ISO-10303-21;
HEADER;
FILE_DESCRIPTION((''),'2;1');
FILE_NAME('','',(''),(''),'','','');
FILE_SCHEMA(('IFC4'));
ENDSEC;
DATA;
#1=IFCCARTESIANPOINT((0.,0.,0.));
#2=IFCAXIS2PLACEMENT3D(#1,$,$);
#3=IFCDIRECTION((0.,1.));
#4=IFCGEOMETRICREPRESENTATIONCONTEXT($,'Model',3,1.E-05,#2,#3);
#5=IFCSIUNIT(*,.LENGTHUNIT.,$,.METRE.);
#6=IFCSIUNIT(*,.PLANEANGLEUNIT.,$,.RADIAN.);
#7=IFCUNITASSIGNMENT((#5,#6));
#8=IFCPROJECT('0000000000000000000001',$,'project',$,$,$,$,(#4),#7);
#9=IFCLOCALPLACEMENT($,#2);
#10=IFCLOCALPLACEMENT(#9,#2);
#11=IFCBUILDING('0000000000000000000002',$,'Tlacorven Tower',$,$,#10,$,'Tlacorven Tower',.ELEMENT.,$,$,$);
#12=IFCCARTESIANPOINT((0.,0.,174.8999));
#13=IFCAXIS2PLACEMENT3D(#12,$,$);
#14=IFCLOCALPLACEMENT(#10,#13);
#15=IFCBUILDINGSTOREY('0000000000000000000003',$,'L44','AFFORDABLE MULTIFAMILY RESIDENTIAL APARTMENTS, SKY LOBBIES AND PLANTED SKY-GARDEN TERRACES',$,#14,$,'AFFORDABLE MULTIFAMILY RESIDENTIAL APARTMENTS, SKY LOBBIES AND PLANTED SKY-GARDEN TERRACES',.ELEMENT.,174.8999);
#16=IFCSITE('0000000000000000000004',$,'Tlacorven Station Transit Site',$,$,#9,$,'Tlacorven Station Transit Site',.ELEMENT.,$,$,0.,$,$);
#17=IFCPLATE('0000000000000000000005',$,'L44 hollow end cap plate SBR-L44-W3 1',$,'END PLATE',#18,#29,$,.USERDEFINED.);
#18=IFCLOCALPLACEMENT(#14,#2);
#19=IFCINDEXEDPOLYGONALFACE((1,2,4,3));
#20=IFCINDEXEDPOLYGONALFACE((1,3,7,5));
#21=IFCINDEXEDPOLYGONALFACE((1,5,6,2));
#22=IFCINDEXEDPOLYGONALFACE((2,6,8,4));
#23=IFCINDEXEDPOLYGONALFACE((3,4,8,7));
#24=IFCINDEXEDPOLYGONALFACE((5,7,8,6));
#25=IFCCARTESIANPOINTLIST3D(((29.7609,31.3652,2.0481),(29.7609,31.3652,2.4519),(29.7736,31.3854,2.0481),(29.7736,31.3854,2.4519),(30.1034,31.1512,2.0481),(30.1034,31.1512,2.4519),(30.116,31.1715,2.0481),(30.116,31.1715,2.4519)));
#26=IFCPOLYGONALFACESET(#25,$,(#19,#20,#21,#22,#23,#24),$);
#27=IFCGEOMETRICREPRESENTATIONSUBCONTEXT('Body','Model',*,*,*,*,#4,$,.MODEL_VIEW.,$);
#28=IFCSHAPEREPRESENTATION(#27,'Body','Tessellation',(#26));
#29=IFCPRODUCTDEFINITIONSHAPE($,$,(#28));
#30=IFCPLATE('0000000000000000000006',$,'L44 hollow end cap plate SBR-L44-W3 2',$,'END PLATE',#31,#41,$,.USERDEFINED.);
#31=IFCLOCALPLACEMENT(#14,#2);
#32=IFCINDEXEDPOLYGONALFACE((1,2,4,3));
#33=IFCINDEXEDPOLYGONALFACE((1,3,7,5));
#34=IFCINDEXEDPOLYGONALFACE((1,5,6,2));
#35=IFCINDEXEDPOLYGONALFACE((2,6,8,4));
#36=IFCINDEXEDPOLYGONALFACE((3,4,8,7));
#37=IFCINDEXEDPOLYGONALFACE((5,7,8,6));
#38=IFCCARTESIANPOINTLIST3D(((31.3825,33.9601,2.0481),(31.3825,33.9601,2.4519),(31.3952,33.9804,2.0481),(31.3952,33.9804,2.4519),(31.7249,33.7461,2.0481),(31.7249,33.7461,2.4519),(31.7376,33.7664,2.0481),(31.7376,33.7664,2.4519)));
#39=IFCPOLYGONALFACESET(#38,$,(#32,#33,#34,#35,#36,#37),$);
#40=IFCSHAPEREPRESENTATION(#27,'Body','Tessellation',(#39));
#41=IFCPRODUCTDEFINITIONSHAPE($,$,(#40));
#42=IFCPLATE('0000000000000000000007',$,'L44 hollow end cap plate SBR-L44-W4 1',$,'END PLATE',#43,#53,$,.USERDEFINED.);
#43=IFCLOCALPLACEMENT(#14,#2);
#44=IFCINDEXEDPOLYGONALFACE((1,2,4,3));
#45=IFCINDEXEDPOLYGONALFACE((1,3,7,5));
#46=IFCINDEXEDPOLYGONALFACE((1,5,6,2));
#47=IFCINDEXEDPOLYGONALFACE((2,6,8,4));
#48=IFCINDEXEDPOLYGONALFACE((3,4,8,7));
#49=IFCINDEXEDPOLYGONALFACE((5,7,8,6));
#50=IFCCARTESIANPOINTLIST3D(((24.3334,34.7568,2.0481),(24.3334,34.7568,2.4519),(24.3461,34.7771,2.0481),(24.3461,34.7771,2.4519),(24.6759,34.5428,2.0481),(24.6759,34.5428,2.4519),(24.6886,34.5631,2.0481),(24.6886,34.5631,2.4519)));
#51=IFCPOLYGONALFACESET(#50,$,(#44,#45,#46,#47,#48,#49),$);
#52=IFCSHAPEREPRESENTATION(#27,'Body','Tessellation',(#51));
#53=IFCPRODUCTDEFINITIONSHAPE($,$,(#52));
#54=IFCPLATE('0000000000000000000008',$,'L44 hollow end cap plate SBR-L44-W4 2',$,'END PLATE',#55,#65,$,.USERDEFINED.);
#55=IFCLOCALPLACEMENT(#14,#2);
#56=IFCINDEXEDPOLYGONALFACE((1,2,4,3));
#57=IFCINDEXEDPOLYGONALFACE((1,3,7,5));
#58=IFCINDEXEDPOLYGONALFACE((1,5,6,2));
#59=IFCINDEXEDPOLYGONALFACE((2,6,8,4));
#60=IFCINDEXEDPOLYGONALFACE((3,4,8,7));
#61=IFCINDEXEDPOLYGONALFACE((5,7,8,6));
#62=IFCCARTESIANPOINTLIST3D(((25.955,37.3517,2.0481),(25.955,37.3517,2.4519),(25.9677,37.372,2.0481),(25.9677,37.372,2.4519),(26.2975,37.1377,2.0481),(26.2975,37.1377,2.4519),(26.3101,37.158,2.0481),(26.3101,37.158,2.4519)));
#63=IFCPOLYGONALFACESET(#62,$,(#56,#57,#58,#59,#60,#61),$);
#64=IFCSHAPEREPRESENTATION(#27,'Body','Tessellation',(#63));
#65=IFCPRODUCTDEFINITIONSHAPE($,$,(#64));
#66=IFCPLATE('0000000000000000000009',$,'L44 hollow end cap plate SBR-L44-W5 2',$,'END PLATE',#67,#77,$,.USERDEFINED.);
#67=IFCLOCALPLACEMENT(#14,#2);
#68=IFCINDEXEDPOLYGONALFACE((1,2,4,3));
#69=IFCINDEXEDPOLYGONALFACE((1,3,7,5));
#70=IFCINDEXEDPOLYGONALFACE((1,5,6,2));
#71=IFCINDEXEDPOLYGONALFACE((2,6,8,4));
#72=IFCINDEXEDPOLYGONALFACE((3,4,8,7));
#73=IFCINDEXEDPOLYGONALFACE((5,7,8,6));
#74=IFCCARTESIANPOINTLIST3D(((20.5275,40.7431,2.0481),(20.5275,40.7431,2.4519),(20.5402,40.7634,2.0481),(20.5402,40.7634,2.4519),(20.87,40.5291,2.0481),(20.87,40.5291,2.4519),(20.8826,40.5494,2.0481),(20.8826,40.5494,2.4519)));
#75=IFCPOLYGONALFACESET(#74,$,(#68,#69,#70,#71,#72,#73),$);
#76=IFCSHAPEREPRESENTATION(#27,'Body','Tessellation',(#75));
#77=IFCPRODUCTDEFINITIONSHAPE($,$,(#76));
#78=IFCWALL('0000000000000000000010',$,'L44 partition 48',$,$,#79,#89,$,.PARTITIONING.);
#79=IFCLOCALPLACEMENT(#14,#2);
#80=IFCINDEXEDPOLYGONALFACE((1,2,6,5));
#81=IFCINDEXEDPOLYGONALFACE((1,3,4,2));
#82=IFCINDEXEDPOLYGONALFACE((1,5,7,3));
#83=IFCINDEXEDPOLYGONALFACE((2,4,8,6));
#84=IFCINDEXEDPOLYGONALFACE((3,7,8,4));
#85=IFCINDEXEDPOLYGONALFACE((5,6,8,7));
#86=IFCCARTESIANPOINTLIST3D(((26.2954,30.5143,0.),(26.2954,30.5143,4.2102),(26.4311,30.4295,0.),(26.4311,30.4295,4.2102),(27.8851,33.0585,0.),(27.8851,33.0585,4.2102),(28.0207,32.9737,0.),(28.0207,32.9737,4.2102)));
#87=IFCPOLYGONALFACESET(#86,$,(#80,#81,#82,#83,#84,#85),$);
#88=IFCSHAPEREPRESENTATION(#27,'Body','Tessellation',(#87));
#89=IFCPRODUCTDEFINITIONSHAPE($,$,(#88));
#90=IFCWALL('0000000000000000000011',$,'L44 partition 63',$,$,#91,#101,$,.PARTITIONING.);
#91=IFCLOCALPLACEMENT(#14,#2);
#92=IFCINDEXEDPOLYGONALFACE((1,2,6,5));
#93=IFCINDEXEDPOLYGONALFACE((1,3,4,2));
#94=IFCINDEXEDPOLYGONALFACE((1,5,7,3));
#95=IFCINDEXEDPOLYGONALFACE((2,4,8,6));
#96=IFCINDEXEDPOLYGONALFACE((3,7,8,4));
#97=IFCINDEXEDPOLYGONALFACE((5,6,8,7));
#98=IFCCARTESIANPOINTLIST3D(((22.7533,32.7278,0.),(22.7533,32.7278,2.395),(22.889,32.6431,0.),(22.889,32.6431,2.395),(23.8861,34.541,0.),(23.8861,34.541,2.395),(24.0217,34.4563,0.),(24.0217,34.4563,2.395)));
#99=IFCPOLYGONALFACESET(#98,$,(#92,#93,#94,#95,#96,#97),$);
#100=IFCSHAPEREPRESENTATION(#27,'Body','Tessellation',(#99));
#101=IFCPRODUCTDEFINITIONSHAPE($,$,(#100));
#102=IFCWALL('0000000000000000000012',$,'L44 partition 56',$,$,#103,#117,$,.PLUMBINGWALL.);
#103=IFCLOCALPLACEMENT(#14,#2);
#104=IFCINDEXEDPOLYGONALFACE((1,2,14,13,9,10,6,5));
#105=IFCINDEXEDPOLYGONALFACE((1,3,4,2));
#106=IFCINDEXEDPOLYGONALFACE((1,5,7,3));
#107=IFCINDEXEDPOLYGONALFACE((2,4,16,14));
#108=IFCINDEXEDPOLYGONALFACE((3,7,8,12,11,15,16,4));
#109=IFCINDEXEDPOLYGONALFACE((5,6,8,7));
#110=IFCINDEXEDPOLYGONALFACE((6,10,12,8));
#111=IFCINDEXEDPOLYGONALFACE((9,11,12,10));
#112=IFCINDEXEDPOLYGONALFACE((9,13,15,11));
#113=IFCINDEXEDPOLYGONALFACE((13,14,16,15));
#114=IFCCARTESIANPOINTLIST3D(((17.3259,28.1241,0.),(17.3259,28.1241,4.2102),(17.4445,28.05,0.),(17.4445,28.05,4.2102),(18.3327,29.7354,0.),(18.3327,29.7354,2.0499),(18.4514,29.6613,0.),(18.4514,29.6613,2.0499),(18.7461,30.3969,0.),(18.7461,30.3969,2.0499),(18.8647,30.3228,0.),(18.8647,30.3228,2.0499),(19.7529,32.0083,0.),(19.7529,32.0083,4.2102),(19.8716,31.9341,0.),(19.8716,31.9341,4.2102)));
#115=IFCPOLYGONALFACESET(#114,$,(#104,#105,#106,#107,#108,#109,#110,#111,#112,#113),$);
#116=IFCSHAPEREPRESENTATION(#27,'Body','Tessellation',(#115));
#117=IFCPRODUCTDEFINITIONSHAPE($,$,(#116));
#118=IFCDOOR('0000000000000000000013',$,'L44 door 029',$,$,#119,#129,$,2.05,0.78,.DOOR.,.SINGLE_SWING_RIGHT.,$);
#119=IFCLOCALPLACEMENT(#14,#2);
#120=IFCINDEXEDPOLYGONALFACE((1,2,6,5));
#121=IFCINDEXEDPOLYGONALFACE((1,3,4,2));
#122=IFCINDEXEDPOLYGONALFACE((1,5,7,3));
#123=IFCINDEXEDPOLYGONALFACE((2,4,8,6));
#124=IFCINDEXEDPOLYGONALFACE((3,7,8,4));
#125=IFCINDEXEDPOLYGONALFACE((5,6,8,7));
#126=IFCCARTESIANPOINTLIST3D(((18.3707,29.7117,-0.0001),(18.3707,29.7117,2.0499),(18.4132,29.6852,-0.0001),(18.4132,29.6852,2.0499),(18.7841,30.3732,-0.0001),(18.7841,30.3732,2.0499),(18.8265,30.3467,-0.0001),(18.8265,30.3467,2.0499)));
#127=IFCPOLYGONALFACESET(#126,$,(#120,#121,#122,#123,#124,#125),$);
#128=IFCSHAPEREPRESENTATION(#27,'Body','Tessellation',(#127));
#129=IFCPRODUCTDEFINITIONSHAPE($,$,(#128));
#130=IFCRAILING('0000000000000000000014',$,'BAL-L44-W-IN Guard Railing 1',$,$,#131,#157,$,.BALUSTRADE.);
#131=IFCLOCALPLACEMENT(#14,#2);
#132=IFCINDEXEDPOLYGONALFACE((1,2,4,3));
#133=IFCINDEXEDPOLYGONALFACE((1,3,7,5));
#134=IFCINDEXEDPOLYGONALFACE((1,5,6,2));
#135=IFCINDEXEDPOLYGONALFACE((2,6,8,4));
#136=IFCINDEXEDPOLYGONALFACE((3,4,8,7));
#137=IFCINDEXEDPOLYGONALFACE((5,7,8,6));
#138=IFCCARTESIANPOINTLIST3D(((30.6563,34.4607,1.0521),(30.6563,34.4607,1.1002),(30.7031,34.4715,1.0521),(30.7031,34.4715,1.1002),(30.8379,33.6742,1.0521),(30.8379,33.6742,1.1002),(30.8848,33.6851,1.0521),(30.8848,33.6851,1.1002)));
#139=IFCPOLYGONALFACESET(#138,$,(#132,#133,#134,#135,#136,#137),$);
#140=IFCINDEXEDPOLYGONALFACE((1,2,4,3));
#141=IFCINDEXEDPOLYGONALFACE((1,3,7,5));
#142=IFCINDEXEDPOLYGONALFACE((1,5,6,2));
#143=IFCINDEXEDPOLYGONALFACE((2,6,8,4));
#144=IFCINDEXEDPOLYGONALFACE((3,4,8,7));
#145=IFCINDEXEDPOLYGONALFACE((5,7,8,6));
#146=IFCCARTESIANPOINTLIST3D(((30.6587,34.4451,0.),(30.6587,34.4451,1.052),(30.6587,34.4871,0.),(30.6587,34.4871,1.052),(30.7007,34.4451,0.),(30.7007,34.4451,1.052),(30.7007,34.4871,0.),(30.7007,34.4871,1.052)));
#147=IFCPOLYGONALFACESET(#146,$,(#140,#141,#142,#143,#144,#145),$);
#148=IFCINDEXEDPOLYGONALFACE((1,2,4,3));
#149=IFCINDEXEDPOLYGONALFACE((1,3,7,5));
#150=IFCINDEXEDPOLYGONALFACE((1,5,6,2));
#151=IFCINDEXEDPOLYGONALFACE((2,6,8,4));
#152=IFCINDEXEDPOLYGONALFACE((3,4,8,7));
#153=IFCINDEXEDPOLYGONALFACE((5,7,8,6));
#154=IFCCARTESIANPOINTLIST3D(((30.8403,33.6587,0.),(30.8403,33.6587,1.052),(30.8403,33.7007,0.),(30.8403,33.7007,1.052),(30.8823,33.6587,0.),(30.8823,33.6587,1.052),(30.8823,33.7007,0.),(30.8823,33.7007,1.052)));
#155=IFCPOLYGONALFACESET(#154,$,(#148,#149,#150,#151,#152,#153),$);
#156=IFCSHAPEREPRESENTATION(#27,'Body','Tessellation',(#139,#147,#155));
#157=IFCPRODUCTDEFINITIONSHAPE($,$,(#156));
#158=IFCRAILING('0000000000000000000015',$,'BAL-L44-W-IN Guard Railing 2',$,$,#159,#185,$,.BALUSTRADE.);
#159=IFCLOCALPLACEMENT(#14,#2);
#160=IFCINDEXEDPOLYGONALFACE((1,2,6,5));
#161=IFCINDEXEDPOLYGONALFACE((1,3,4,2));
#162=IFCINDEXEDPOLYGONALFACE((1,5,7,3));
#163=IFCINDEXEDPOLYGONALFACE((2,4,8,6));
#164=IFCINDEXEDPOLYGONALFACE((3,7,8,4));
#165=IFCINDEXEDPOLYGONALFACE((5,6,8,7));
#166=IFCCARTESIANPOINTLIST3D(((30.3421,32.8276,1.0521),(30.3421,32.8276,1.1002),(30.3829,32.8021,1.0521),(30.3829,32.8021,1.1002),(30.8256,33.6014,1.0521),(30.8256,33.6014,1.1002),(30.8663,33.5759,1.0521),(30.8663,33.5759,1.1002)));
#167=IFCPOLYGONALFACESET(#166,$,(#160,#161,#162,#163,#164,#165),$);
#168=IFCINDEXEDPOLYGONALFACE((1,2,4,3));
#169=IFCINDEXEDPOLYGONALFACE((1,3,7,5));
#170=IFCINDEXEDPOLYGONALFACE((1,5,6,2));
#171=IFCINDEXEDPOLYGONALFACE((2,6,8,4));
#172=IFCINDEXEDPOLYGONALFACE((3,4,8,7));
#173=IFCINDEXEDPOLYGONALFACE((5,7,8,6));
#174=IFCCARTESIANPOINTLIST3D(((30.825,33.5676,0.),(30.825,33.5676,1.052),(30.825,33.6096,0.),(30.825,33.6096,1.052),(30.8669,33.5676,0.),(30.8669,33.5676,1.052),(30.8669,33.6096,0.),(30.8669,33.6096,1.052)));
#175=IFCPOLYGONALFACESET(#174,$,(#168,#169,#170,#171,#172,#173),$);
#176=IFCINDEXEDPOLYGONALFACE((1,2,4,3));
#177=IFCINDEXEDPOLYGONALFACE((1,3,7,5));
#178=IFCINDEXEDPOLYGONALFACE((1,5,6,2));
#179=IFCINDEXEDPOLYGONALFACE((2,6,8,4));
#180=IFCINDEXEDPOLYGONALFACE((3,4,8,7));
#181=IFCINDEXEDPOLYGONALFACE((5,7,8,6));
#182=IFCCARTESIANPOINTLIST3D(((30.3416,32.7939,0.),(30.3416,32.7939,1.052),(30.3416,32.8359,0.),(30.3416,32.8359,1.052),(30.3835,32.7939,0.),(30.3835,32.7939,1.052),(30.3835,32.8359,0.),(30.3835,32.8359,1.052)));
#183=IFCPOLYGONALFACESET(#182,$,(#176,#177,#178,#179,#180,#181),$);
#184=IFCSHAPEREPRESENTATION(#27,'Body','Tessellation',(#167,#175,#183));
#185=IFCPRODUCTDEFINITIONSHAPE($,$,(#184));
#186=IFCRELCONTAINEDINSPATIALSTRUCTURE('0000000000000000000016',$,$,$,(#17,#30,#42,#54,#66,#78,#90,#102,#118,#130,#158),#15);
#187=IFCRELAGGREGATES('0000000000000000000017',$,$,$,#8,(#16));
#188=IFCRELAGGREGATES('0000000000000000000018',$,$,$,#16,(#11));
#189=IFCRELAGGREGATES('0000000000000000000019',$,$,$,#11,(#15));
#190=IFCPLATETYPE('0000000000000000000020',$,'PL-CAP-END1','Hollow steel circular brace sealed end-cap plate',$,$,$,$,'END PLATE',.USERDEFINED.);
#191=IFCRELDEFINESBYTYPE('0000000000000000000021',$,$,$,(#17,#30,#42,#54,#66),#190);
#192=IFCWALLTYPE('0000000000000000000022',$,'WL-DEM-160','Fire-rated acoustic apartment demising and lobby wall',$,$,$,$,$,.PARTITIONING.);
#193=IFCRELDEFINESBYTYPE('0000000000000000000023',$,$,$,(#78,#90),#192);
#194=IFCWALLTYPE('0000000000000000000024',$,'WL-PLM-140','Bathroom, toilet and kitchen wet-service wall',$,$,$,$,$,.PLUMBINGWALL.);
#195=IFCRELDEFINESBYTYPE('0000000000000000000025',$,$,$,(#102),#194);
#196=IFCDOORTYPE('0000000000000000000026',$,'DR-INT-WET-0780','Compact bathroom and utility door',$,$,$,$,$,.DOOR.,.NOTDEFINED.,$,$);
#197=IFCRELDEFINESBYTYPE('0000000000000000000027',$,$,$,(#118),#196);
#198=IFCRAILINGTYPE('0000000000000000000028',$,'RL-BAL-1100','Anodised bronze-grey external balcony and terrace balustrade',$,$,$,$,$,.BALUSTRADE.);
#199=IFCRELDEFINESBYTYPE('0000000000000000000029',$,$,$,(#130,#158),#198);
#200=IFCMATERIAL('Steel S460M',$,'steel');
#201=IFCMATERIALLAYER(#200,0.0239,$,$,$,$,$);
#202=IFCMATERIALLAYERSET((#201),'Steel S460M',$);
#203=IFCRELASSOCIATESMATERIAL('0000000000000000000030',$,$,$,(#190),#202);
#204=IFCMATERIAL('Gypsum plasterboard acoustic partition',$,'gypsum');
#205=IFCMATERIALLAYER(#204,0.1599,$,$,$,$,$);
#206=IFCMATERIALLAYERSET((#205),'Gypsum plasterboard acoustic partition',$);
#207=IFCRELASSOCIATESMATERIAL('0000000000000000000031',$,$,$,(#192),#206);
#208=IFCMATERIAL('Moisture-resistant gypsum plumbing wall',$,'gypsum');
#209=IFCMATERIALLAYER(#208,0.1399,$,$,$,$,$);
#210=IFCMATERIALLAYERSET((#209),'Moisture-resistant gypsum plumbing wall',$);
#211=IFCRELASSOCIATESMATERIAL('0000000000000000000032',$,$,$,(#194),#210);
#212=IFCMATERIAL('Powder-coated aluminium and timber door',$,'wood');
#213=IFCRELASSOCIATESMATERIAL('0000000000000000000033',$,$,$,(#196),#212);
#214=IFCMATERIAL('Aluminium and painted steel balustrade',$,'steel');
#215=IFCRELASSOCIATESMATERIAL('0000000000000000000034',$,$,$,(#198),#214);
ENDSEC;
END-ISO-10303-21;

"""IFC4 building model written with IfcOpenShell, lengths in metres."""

from ifc_helpers import new_model, si_unit, direction, frame, frame_2d, origin, origin_2d, place, context, subcontext, project, spatial, rectangle, extrude, source, transform, mapped, material, layer, layer_set, type_object, element, fill, save


model = new_model("IFC4")

# Units and contexts
model_context = context("Model", 3, precision=1e-05, world=origin(), true_north=direction((0.0, 1.0)))
body_context = subcontext(model_context, "Body", "Model", "MODEL_VIEW")
ifc_project = project(units=[si_unit("LENGTHUNIT", "METRE"), si_unit("PLANEANGLEUNIT", "RADIAN")], contexts=[model_context])

# Site, building, storey
site_placement = place(None, origin())
site = spatial("IfcSite", under=ifc_project, at=site_placement, Name="Tlacorven Station Transit Site", LongName="Tlacorven Station Transit Site", CompositionType="ELEMENT", RefElevation=0.0)
building_placement = place(site_placement, origin())
building = spatial("IfcBuilding", under=site, at=building_placement, Name="Tlacorven Tower", LongName="Tlacorven Tower", CompositionType="ELEMENT")
storey_placement = place(building_placement, frame((0.0, 0.0, 174.8999)))
storey = spatial("IfcBuildingStorey", under=building, at=storey_placement, Name="L44", Description="AFFORDABLE MULTIFAMILY RESIDENTIAL APARTMENTS, SKY LOBBIES AND PLANTED SKY-GARDEN TERRACES", LongName="AFFORDABLE MULTIFAMILY RESIDENTIAL APARTMENTS, SKY LOBBIES AND PLANTED SKY-GARDEN TERRACES", CompositionType="ELEMENT", Elevation=174.8999)

# Shared definitions
ifc_material_1 = material(Name="Steel S460M", Category="steel")

# Plates
ifc_layer_1 = layer(ifc_material_1, 0.0239)
ifc_layer_set_1 = layer_set([ifc_layer_1], Name="Steel S460M")
plate_type_1 = type_object("IfcPlateType", Name="PL-CAP-END1", Description="Hollow steel circular brace sealed end-cap plate", ElementType="END PLATE", PredefinedType="USERDEFINED", material=ifc_layer_set_1)
shared_shape_1 = source(origin(), body_context, "Body", "SweptSolid", [
    extrude(rectangle(XDim=0.0239, YDim=0.4038, at=origin_2d()), origin(), (0.0, 0.0, 1.0), 0.4038),
])
for number, where, z_axis, x_axis, name in (
    (1, (29.9385, 31.2683, 2.0481), (0.0, 0.0, 1.0), (0.529919, 0.848048, 0.0), "L44 hollow end cap plate SBR-L44-W3 1"),
    (2, (31.5601, 33.8633, 2.0481), (0.0, 0.0, 1.0), (0.529919, 0.848048, 0.0), "L44 hollow end cap plate SBR-L44-W3 2"),
    (3, (24.511, 34.6599, 2.0481), (0.0, 0.0, 1.0), (0.529919, 0.848048, 0.0), "L44 hollow end cap plate SBR-L44-W4 1"),
    (4, (26.1326, 37.2549, 2.0481), (0.0, 0.0, 1.0), (0.529919, 0.848048, 0.0), "L44 hollow end cap plate SBR-L44-W4 2"),
    (5, (20.7051, 40.6462, 2.0481), (0.0, 0.0, 1.0), (0.529921, 0.848047, 0.0), "L44 hollow end cap plate SBR-L44-W5 2"),
):
    element("IfcPlate", number, at=place(storey_placement, frame(where, z_axis=z_axis, x_axis=x_axis)), inside=storey, type_object=plate_type_1, Name=name, ObjectType="END PLATE", PredefinedType="USERDEFINED", context=body_context, shape_type="MappedRepresentation", body=[
        mapped(shared_shape_1, transform((0.0, 0.0, 0.0), scale=1.0)),
    ])

# Walls
ifc_material_2 = material(Name="Gypsum plasterboard acoustic partition", Category="gypsum")
ifc_layer_2 = layer(ifc_material_2, 0.1599)
ifc_layer_set_2 = layer_set([ifc_layer_2], Name="Gypsum plasterboard acoustic partition")
wall_type_1 = type_object("IfcWallType", Name="WL-DEM-160", Description="Fire-rated acoustic apartment demising and lobby wall", PredefinedType="PARTITIONING", material=ifc_layer_set_2)
wall_1_placement = place(storey_placement, frame((27.9529, 33.0161, 0.0), z_axis=(0.0, 0.0, 1.0), x_axis=(-0.529875, -0.848076, 0.0)))
element("IfcWall", 6, at=wall_1_placement, inside=storey, type_object=wall_type_1, Name="L44 partition 48", PredefinedType="PARTITIONING", context=body_context, shape_type="SweptSolid", body=[
    extrude(rectangle(XDim=3.0, YDim=0.1599, at=frame_2d((1.5, 0.0))), origin(), (0.0, 0.0, 1.0), 4.2102),
])
wall_2_placement = place(storey_placement, frame((23.9539, 34.4985, 0.0), z_axis=(0.0, 0.0, 1.0), x_axis=(-0.529845, -0.848095, 0.0)))
element("IfcWall", 7, at=wall_2_placement, inside=storey, type_object=wall_type_1, Name="L44 partition 63", PredefinedType="PARTITIONING", context=body_context, shape_type="SweptSolid", body=[
    extrude(rectangle(XDim=2.1379, YDim=0.1599, at=frame_2d((1.0688, 0.0))), origin(), (0.0, 0.0, 1.0), 2.395),
])

# Wall, opening, door
ifc_material_3 = material(Name="Moisture-resistant gypsum plumbing wall", Category="gypsum")
ifc_layer_3 = layer(ifc_material_3, 0.1399)
ifc_layer_set_3 = layer_set([ifc_layer_3], Name="Moisture-resistant gypsum plumbing wall")
wall_type_2 = type_object("IfcWallType", Name="WL-PLM-140", Description="Bathroom, toilet and kitchen wet-service wall", PredefinedType="PLUMBINGWALL", material=ifc_layer_set_3)
wall_3_placement = place(storey_placement, frame((19.8123, 31.9712, 0.0), z_axis=(0.0, 0.0, 1.0), x_axis=(-0.529917, -0.848049, 0.0)))
wall_3 = element("IfcWall", 8, at=wall_3_placement, inside=storey, type_object=wall_type_2, Name="L44 partition 56", PredefinedType="PLUMBINGWALL", context=body_context, shape_type="SweptSolid", body=[
    extrude(rectangle(XDim=4.5801, YDim=0.1399, at=frame_2d((2.29, 0.0))), origin(), (0.0, 0.0, 1.0), 4.2102),
])
opening_placement = place(wall_3_placement, frame((1.8999, 0.0, 0.0)))
opening = element("IfcOpeningElement", 9, at=opening_placement, cuts=wall_3, PredefinedType="OPENING", context=body_context, shape_type="SweptSolid", body=[
    extrude(rectangle(XDim=0.78, YDim=2.05, at=frame_2d((0.3901, 1.0249))), frame((0.0, 0.0801, 0.0), z_axis=(0.0, -1.0, 0.0), x_axis=(1.0, 0.0, 0.0)), (0.0, 0.0, 1.0), 0.1599),
])
ifc_material_4 = material(Name="Powder-coated aluminium and timber door", Category="wood")
door_type = type_object("IfcDoorType", Name="DR-INT-WET-0780", Description="Compact bathroom and utility door", OperationType="NOTDEFINED", PredefinedType="DOOR", material=ifc_material_4)
shared_shape_2 = source(origin(), body_context, "Body", "SweptSolid", [
    extrude(rectangle(XDim=0.78, YDim=2.05, at=frame_2d((0.3901, 1.0249))), frame((0.0, 0.0249, 0.0), z_axis=(0.0, -1.0, 0.0), x_axis=(1.0, 0.0, 0.0)), (0.0, 0.0, 1.0), 0.05),
])
door_placement = place(opening_placement, origin())
door = element("IfcDoor", 10, at=door_placement, inside=storey, type_object=door_type, Name="L44 door 029", OperationType="SINGLE_SWING_RIGHT", OverallHeight=2.05, OverallWidth=0.78, PredefinedType="DOOR", context=body_context, shape_type="MappedRepresentation", body=[
    mapped(shared_shape_2, transform((0.0, 0.0, 0.0), scale=1.0)),
])
fill(opening, door)

# Railings
ifc_material_5 = material(Name="Aluminium and painted steel balustrade", Category="steel")
railing_type = type_object("IfcRailingType", Name="RL-BAL-1100", Description="Anodised bronze-grey external balcony and terrace balustrade", PredefinedType="BALUSTRADE", material=ifc_material_5)
shared_shape_3 = source(origin(), body_context, "Body", "SweptSolid", [
    extrude(rectangle(XDim=0.0481, YDim=0.0481, at=origin_2d()), frame((0.0, 0.0, 1.0762), z_axis=(0.225058, -0.974345, 0.0), x_axis=(0.974345, 0.225058, 0.0)), (0.0, 0.0, 1.0), 0.8071),
    extrude(rectangle(XDim=0.042, YDim=0.042, at=origin_2d()), origin(), (0.0, 0.0, 1.0), 1.052),
    extrude(rectangle(XDim=0.042, YDim=0.042, at=origin_2d()), frame((0.1816, -0.7864, 0.0)), (0.0, 0.0, 1.0), 1.052),
])
railing_1_placement = place(storey_placement, frame((30.6797, 34.4661, 0.0)))
element("IfcRailing", 11, at=railing_1_placement, inside=storey, type_object=railing_type, Name="BAL-L44-W-IN Guard Railing 1", PredefinedType="BALUSTRADE", context=body_context, shape_type="MappedRepresentation", body=[
    mapped(shared_shape_3, transform((0.0, 0.0, 0.0), scale=1.0)),
])
shared_shape_4 = source(origin(), body_context, "Body", "SweptSolid", [
    extrude(rectangle(XDim=0.0481, YDim=0.0481, at=origin_2d()), frame((0.0, 0.0, 1.0762), z_axis=(-0.529879, -0.848073, 0.0), x_axis=(0.848073, -0.529879, 0.0)), (0.0, 0.0, 1.0), 0.9124),
    extrude(rectangle(XDim=0.042, YDim=0.042, at=origin_2d()), origin(), (0.0, 0.0, 1.0), 1.052),
    extrude(rectangle(XDim=0.042, YDim=0.042, at=origin_2d()), frame((-0.4834, -0.7737, 0.0)), (0.0, 0.0, 1.0), 1.052),
])
railing_2_placement = place(storey_placement, frame((30.8459, 33.5886, 0.0)))
element("IfcRailing", 12, at=railing_2_placement, inside=storey, type_object=railing_type, Name="BAL-L44-W-IN Guard Railing 2", PredefinedType="BALUSTRADE", context=body_context, shape_type="MappedRepresentation", body=[
    mapped(shared_shape_4, transform((0.0, 0.0, 0.0), scale=1.0)),
])

save(model, "model.ifc")
